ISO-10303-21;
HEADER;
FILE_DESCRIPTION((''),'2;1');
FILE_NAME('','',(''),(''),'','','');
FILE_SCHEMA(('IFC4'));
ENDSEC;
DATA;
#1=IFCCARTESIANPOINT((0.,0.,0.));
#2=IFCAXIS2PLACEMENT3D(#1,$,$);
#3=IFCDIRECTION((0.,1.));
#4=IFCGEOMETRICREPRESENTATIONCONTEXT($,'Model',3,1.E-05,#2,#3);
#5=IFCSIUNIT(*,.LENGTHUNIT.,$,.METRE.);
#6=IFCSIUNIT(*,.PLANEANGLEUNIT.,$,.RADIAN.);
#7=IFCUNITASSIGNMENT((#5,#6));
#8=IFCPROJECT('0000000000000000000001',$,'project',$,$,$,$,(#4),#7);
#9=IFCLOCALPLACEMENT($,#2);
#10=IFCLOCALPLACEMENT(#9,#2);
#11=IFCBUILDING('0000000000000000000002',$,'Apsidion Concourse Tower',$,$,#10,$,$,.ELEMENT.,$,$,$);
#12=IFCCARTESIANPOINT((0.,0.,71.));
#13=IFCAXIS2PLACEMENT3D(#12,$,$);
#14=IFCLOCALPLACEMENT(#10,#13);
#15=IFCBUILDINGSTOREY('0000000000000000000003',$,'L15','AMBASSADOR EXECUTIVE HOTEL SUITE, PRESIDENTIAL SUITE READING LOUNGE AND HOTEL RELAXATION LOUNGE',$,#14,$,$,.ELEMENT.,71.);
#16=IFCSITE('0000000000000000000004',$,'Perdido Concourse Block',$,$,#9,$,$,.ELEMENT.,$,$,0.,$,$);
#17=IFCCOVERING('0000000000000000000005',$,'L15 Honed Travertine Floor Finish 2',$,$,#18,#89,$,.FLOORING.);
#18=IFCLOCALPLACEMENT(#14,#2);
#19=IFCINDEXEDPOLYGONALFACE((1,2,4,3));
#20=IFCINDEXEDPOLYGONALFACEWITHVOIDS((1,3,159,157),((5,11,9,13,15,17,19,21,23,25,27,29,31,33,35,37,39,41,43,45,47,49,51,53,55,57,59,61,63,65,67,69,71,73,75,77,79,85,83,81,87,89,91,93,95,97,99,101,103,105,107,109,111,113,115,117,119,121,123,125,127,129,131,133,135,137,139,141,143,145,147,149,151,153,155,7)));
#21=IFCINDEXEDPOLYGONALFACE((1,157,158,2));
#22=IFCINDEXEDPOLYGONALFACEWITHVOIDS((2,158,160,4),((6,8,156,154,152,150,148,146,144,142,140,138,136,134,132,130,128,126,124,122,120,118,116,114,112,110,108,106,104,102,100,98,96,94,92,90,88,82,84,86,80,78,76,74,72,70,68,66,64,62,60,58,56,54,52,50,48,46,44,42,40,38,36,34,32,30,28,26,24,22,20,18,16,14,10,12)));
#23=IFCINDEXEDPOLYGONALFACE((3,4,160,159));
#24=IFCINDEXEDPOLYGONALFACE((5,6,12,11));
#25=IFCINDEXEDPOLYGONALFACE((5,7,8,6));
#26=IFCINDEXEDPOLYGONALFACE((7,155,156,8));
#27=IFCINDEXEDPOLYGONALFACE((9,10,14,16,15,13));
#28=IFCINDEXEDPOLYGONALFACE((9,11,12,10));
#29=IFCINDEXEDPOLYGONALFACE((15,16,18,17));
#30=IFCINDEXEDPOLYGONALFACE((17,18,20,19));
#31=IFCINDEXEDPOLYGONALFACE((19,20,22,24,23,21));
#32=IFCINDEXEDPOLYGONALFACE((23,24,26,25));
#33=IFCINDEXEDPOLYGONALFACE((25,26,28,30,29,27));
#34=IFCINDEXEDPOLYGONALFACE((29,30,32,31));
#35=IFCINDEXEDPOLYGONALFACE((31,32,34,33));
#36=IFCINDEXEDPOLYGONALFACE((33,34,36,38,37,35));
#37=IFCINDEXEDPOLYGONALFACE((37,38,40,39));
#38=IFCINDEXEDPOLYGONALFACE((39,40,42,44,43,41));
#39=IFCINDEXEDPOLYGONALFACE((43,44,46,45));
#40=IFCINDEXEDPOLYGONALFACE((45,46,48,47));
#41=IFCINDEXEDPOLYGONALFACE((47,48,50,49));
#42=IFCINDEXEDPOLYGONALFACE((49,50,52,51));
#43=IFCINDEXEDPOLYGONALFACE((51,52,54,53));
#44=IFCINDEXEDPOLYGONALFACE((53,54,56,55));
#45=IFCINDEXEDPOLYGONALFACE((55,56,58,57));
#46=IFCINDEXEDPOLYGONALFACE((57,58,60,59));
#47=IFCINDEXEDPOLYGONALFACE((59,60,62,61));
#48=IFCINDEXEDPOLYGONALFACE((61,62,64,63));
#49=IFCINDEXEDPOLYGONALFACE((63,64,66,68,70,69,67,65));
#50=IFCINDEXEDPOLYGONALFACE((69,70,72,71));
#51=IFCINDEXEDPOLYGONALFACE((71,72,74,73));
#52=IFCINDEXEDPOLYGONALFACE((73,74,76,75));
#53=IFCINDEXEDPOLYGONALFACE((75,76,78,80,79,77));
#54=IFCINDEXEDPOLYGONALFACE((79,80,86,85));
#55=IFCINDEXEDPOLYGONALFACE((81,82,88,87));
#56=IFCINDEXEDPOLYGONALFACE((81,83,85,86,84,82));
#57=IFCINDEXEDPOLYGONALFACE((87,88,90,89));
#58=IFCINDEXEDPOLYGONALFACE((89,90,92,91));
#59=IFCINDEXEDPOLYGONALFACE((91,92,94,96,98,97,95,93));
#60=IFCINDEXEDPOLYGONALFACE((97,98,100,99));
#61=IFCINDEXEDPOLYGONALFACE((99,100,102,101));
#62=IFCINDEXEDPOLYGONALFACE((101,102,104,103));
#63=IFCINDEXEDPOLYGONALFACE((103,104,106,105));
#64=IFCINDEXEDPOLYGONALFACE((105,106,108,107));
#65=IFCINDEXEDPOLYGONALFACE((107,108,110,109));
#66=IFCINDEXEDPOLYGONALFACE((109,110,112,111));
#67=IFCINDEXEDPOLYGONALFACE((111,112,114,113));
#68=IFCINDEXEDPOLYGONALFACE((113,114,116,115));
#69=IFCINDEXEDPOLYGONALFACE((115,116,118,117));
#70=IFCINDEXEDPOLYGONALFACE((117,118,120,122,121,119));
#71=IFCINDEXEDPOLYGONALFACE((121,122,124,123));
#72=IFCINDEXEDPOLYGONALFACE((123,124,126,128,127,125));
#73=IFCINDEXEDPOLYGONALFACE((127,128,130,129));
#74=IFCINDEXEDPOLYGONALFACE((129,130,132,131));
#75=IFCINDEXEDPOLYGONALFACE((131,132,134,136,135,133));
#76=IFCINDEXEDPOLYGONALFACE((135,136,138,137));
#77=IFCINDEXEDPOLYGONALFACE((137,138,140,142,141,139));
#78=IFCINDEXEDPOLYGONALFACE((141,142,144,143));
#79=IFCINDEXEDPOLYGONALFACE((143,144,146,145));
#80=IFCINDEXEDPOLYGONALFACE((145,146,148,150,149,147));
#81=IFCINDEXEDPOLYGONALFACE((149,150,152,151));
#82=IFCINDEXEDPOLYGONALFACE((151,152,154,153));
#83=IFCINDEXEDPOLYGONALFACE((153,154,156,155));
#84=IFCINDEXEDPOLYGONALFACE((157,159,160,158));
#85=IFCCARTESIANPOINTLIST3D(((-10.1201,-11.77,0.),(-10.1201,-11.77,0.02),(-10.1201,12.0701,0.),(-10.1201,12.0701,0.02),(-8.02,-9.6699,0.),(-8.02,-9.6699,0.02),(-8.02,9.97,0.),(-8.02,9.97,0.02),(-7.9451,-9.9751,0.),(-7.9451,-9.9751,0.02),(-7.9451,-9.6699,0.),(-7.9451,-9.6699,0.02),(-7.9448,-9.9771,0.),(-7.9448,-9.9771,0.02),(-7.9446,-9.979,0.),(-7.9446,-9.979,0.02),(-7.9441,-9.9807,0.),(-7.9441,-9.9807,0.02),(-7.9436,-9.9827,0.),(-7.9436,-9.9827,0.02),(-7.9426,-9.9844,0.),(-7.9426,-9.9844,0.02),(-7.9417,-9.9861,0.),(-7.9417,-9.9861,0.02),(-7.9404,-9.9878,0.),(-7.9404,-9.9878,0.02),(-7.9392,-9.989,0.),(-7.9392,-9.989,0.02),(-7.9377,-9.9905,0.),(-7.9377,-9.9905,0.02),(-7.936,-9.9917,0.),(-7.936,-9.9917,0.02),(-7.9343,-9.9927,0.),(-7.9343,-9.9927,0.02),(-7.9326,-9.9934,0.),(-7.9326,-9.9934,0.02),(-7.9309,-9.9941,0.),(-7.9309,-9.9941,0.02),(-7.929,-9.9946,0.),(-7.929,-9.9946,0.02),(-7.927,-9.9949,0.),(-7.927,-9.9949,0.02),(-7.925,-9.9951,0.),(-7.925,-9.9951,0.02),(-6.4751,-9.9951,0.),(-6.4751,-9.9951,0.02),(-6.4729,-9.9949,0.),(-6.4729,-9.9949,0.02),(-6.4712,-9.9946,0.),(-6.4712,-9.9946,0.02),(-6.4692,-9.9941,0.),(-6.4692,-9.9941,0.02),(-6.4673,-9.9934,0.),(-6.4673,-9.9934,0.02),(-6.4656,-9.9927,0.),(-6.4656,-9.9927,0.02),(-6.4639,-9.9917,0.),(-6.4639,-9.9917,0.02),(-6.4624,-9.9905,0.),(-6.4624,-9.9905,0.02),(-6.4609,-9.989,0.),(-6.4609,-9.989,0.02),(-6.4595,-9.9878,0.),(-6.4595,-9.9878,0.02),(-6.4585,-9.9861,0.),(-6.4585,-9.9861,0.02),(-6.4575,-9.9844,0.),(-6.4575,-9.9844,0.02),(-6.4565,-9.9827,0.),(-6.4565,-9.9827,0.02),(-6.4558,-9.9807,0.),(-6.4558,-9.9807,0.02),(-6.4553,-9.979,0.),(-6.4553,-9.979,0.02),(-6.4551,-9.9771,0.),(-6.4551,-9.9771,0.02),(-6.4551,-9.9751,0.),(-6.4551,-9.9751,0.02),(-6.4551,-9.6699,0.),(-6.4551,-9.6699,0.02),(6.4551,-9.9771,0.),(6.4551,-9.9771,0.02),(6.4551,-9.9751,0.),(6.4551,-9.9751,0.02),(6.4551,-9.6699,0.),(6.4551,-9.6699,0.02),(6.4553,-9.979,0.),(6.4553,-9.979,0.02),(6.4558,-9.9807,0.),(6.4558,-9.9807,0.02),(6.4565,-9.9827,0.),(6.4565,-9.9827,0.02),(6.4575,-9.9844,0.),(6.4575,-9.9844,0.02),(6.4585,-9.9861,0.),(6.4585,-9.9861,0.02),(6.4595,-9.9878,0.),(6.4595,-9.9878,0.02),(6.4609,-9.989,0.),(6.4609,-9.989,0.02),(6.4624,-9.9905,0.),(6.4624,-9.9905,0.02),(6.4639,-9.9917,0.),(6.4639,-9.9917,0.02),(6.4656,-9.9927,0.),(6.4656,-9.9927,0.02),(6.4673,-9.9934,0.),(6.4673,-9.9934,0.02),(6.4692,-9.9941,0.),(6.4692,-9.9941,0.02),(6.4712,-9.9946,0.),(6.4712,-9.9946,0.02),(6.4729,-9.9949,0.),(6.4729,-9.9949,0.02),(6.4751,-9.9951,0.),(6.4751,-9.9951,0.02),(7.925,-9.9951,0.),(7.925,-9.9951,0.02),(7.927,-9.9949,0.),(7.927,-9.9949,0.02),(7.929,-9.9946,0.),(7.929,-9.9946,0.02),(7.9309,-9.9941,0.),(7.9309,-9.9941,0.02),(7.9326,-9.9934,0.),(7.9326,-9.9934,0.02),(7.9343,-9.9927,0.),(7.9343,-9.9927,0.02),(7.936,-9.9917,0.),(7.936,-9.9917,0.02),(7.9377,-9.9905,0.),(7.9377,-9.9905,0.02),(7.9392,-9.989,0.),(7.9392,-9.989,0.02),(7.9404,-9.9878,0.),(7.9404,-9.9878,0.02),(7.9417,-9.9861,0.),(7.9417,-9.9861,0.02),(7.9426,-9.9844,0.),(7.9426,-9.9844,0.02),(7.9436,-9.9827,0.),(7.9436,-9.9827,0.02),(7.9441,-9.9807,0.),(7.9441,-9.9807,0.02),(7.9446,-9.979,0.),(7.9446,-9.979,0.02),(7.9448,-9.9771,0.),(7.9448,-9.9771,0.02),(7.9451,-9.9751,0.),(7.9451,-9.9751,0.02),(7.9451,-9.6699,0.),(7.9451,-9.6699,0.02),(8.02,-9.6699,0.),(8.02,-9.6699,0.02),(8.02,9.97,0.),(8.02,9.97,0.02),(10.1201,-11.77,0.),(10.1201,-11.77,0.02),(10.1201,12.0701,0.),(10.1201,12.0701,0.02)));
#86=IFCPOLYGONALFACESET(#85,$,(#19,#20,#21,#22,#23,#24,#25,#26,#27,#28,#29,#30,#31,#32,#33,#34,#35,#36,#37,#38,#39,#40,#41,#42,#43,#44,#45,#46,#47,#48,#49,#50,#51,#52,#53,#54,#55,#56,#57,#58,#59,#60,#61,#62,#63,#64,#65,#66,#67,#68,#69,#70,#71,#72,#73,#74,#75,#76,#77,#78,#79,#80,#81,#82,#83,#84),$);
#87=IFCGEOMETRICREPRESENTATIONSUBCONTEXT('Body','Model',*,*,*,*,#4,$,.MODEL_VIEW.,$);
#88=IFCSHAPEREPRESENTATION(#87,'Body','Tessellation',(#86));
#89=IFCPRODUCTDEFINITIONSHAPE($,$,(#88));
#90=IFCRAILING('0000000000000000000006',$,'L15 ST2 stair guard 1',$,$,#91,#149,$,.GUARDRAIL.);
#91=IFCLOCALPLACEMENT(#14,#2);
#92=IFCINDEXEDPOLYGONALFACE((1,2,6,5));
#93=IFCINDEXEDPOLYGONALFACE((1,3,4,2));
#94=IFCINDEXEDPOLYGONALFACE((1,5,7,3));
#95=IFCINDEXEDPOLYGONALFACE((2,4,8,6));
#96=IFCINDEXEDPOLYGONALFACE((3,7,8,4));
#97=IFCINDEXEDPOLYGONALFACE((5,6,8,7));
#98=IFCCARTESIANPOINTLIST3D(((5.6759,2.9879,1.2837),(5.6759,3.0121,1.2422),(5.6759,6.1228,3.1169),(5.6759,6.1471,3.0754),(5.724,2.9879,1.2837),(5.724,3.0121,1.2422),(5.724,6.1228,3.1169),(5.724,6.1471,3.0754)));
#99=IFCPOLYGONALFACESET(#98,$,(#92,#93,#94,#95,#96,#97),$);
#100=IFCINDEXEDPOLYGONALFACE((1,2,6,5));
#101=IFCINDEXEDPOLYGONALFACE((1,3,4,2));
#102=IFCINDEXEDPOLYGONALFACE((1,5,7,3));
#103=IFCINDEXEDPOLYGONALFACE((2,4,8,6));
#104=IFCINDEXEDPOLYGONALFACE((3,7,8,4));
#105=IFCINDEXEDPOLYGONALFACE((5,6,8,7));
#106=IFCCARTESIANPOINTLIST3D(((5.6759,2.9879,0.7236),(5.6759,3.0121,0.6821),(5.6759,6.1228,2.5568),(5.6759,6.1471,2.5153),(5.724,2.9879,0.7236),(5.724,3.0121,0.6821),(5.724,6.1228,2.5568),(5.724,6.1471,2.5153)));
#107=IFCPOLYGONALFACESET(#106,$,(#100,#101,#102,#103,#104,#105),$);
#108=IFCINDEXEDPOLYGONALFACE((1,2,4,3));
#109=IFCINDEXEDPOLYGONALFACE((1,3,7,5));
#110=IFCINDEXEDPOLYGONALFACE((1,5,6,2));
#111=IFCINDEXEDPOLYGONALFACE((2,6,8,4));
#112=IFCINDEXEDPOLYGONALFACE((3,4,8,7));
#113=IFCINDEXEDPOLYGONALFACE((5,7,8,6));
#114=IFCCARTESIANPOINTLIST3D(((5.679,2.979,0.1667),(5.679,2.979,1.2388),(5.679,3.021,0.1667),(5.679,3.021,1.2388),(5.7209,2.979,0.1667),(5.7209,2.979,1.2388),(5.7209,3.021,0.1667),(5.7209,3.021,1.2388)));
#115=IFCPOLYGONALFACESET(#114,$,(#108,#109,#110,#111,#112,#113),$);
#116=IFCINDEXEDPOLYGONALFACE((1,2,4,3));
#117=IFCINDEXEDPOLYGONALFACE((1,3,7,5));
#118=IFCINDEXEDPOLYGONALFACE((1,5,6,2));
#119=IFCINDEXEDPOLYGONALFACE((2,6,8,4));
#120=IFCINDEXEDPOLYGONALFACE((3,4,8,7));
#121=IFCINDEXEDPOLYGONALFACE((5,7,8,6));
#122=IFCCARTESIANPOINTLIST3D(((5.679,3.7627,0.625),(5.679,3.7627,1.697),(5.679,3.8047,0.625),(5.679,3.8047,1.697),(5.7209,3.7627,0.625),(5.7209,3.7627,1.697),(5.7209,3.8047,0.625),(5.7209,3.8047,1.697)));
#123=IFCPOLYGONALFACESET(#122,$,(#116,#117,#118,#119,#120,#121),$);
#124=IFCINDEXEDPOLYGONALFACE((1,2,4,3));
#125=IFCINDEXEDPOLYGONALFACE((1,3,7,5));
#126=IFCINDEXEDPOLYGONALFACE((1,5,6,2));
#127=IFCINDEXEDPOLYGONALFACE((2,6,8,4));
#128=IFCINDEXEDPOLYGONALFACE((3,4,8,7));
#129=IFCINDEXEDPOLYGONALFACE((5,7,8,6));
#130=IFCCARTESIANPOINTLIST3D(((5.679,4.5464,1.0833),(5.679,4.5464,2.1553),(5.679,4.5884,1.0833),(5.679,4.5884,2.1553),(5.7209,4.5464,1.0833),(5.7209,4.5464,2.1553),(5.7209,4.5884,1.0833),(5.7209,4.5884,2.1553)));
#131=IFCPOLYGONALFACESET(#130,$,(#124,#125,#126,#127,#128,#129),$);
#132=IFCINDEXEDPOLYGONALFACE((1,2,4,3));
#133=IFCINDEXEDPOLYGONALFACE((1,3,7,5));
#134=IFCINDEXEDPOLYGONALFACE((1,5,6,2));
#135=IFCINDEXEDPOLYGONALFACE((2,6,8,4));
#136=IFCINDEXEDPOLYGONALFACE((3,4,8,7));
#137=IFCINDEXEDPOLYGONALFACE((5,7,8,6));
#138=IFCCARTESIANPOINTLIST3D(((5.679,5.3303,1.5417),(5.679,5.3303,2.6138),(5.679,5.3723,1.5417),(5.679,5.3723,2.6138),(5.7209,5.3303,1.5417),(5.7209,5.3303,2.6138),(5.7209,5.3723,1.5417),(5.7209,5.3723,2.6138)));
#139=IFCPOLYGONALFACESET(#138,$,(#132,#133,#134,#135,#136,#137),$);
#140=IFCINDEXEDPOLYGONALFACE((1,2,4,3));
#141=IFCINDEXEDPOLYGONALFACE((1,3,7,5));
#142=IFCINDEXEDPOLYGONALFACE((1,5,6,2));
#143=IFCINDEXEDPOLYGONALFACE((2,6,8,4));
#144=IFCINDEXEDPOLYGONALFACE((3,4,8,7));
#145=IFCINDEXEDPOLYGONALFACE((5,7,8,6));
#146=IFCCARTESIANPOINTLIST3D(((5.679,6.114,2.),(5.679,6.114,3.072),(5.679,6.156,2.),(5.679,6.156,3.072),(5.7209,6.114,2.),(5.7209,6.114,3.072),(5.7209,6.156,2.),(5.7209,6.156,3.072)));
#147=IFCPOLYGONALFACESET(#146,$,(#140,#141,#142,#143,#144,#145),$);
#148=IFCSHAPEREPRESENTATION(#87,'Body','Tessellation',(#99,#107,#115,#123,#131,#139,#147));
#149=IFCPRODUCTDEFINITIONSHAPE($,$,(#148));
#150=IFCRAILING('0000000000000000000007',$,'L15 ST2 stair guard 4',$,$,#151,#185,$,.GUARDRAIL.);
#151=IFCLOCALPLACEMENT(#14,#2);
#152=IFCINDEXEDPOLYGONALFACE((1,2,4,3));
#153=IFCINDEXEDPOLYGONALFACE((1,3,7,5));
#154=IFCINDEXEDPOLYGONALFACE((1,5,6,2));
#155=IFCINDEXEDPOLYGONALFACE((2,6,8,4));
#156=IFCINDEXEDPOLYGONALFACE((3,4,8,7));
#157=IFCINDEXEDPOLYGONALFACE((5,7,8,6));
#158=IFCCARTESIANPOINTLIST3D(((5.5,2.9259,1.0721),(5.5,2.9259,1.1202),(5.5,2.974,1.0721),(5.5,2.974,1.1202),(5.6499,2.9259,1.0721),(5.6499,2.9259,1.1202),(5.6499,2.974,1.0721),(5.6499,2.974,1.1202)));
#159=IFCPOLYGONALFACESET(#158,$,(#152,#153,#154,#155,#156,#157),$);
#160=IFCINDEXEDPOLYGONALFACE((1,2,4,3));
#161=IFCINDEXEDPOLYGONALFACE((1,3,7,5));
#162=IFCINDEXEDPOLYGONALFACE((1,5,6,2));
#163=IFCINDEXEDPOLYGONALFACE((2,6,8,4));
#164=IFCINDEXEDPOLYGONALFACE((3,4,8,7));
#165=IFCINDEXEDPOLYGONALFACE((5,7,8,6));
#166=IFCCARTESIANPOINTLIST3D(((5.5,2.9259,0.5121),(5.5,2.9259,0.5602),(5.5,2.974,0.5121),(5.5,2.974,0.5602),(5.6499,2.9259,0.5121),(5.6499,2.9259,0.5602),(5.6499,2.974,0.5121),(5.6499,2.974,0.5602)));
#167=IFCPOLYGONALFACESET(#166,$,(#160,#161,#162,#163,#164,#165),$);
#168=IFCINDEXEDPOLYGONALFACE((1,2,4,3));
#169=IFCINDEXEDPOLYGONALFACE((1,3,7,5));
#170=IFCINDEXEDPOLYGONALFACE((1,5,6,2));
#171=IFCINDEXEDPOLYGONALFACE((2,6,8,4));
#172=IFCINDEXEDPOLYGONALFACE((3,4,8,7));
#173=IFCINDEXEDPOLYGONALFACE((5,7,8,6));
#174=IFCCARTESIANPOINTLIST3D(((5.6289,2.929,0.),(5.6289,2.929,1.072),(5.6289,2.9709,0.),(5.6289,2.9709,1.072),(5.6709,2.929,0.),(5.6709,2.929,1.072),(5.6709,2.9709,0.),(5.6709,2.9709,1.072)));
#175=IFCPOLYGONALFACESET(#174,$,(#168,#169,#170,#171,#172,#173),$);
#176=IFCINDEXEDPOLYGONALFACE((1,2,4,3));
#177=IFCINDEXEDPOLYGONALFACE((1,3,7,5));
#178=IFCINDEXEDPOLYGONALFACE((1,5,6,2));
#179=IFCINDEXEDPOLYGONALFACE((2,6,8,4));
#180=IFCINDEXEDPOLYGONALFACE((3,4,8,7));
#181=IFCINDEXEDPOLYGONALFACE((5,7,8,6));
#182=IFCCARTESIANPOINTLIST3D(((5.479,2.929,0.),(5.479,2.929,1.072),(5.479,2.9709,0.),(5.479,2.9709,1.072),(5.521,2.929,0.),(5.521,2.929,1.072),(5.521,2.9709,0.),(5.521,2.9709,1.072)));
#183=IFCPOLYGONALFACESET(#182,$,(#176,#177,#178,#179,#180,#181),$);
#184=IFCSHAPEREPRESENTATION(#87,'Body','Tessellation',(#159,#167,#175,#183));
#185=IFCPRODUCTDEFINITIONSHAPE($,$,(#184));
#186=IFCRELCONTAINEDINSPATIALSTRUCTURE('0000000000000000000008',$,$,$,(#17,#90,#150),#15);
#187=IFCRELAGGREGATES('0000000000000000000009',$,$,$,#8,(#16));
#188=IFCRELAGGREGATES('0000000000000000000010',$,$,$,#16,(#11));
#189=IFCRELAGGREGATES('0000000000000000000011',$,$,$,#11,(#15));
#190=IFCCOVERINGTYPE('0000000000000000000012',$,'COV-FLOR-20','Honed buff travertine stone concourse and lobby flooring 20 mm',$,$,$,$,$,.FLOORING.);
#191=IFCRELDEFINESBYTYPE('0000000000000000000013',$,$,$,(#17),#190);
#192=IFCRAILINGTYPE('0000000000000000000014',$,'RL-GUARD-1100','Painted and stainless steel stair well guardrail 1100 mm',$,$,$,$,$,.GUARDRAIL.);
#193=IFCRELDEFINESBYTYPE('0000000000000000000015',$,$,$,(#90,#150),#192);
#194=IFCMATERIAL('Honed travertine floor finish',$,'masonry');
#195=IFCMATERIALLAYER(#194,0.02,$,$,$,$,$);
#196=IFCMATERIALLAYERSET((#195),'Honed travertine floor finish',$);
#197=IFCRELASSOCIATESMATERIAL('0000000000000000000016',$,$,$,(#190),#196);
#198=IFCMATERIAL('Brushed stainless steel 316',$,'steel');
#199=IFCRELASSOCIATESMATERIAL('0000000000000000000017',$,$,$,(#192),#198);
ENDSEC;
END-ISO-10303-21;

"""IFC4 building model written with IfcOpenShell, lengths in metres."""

from ifc_helpers import new_model, si_unit, direction, frame, origin, origin_2d, place, context, subcontext, project, spatial, polyline, rectangle, outline, extrude, material, layer, layer_set, type_object, element, save


model = new_model("IFC4")

# Units and contexts
model_context = context("Model", 3, precision=1e-05, world=origin(), true_north=direction((0.0, 1.0)))
body_context = subcontext(model_context, "Body", "Model", "MODEL_VIEW")
ifc_project = project(units=[si_unit("LENGTHUNIT", "METRE"), si_unit("PLANEANGLEUNIT", "RADIAN")], contexts=[model_context])

# Site, building, storey
site_placement = place(None, origin())
site = spatial("IfcSite", under=ifc_project, at=site_placement, Name="Perdido Concourse Block", CompositionType="ELEMENT", RefElevation=0.0)
building_placement = place(site_placement, origin())
building = spatial("IfcBuilding", under=site, at=building_placement, Name="Apsidion Concourse Tower", CompositionType="ELEMENT")
storey_placement = place(building_placement, frame((0.0, 0.0, 71.0)))
storey = spatial("IfcBuildingStorey", under=building, at=storey_placement, Name="L15", Description="AMBASSADOR EXECUTIVE HOTEL SUITE, PRESIDENTIAL SUITE READING LOUNGE AND HOTEL RELAXATION LOUNGE", CompositionType="ELEMENT", Elevation=71.0)

# Covering
ifc_material_1 = material(Name="Honed travertine floor finish", Category="masonry")
ifc_layer_1 = layer(ifc_material_1, 0.02)
ifc_layer_set_1 = layer_set([ifc_layer_1], Name="Honed travertine floor finish")
covering_type_1 = type_object("IfcCoveringType", Name="COV-FLOR-20", Description="Honed buff travertine stone concourse and lobby flooring 20 mm", PredefinedType="FLOORING", material=ifc_layer_set_1)
covering_1_placement = place(storey_placement, origin())
element("IfcCovering", 1, at=covering_1_placement, inside=storey, type_object=covering_type_1, Name="L15 Honed Travertine Floor Finish 2", PredefinedType="FLOORING", context=body_context, shape_type="SweptSolid", body=[
    extrude(outline(polyline([(10.1201, 12.0701), (10.1201, -11.77), (-10.1201, -11.77), (-10.1201, 12.0701), (10.1201, 12.0701)]), holes=[polyline([(-8.02, -9.6699), (-7.9451, -9.6699), (-7.9451, -9.9751), (-7.9448, -9.9771), (-7.9446, -9.979), (-7.9441, -9.9807), (-7.9436, -9.9827), (-7.9426, -9.9844), (-7.9417, -9.9861), (-7.9404, -9.9878), (-7.9392, -9.989), (-7.9377, -9.9905), (-7.936, -9.9917), (-7.9343, -9.9927), (-7.9326, -9.9934), (-7.9309, -9.9941), (-7.929, -9.9946), (-7.927, -9.9949), (-7.925, -9.9951), (-6.4751, -9.9951), (-6.4729, -9.9949), (-6.4712, -9.9946), (-6.4692, -9.9941), (-6.4673, -9.9934), (-6.4656, -9.9927), (-6.4639, -9.9917), (-6.4624, -9.9905), (-6.4609, -9.989), (-6.4595, -9.9878), (-6.4585, -9.9861), (-6.4575, -9.9844), (-6.4565, -9.9827), (-6.4558, -9.9807), (-6.4553, -9.979), (-6.4551, -9.9771), (-6.4551, -9.9751), (-6.4551, -9.6699), (6.4551, -9.6699), (6.4551, -9.9751), (6.4551, -9.9771), (6.4553, -9.979), (6.4558, -9.9807), (6.4565, -9.9827), (6.4575, -9.9844), (6.4585, -9.9861), (6.4595, -9.9878), (6.4609, -9.989), (6.4624, -9.9905), (6.4639, -9.9917), (6.4656, -9.9927), (6.4673, -9.9934), (6.4692, -9.9941), (6.4712, -9.9946), (6.4729, -9.9949), (6.4751, -9.9951), (7.925, -9.9951), (7.927, -9.9949), (7.929, -9.9946), (7.9309, -9.9941), (7.9326, -9.9934), (7.9343, -9.9927), (7.936, -9.9917), (7.9377, -9.9905), (7.9392, -9.989), (7.9404, -9.9878), (7.9417, -9.9861), (7.9426, -9.9844), (7.9436, -9.9827), (7.9441, -9.9807), (7.9446, -9.979), (7.9448, -9.9771), (7.9451, -9.9751), (7.9451, -9.6699), (8.02, -9.6699), (8.02, 9.97), (-8.02, 9.97), (-8.02, -9.6699)])]), origin(), (0.0, 0.0, 1.0), 0.02),
])

# Railings
ifc_material_2 = material(Name="Brushed stainless steel 316", Category="steel")
railing_type_1 = type_object("IfcRailingType", Name="RL-GUARD-1100", Description="Painted and stainless steel stair well guardrail 1100 mm", PredefinedType="GUARDRAIL", material=ifc_material_2)
railing_1_placement = place(storey_placement, frame((5.7, 3.0, 0.1667)))
element("IfcRailing", 2, at=railing_1_placement, inside=storey, type_object=railing_type_1, Name="L15 ST2 stair guard 1", PredefinedType="GUARDRAIL", context=body_context, shape_type="SweptSolid", body=[
    extrude(rectangle(XDim=0.0481, YDim=0.0481, at=origin_2d()), frame((0.0, 0.0, 1.0962), z_axis=(0.0, 0.86324, 0.504794), x_axis=(-1.0, 0.0, 0.0)), (0.0, 0.0, 1.0), 3.6316),
    extrude(rectangle(XDim=0.0481, YDim=0.0481, at=origin_2d()), frame((0.0, 0.0, 0.5361), z_axis=(0.0, 0.86324, 0.504794), x_axis=(-1.0, 0.0, 0.0)), (0.0, 0.0, 1.0), 3.6316),
    extrude(rectangle(XDim=0.042, YDim=0.042, at=origin_2d()), origin(), (0.0, 0.0, 1.0), 1.072),
    extrude(rectangle(XDim=0.042, YDim=0.042, at=origin_2d()), frame((0.0, 0.7837, 0.4583)), (0.0, 0.0, 1.0), 1.072),
    extrude(rectangle(XDim=0.042, YDim=0.042, at=origin_2d()), frame((0.0, 1.5674, 0.9165)), (0.0, 0.0, 1.0), 1.072),
    extrude(rectangle(XDim=0.042, YDim=0.042, at=origin_2d()), frame((0.0, 2.3513, 1.375)), (0.0, 0.0, 1.0), 1.072),
    extrude(rectangle(XDim=0.042, YDim=0.042, at=origin_2d()), frame((0.0, 3.135, 1.8333)), (0.0, 0.0, 1.0), 1.072),
])
railing_2_placement = place(storey_placement, frame((5.6499, 2.95, 0.0)))
element("IfcRailing", 3, at=railing_2_placement, inside=storey, type_object=railing_type_1, Name="L15 ST2 stair guard 4", PredefinedType="GUARDRAIL", context=body_context, shape_type="SweptSolid", body=[
    extrude(rectangle(XDim=0.0481, YDim=0.0481, at=origin_2d()), frame((0.0, 0.0, 1.0962), z_axis=(-1.0, 0.0, 0.0), x_axis=(0.0, -1.0, 0.0)), (0.0, 0.0, 1.0), 0.1499),
    extrude(rectangle(XDim=0.0481, YDim=0.0481, at=origin_2d()), frame((0.0, 0.0, 0.5361), z_axis=(-1.0, 0.0, 0.0), x_axis=(0.0, -1.0, 0.0)), (0.0, 0.0, 1.0), 0.1499),
    extrude(rectangle(XDim=0.042, YDim=0.042, at=origin_2d()), origin(), (0.0, 0.0, 1.0), 1.072),
    extrude(rectangle(XDim=0.042, YDim=0.042, at=origin_2d()), frame((-0.1499, 0.0, 0.0)), (0.0, 0.0, 1.0), 1.072),
])

save(model, "model.ifc")
